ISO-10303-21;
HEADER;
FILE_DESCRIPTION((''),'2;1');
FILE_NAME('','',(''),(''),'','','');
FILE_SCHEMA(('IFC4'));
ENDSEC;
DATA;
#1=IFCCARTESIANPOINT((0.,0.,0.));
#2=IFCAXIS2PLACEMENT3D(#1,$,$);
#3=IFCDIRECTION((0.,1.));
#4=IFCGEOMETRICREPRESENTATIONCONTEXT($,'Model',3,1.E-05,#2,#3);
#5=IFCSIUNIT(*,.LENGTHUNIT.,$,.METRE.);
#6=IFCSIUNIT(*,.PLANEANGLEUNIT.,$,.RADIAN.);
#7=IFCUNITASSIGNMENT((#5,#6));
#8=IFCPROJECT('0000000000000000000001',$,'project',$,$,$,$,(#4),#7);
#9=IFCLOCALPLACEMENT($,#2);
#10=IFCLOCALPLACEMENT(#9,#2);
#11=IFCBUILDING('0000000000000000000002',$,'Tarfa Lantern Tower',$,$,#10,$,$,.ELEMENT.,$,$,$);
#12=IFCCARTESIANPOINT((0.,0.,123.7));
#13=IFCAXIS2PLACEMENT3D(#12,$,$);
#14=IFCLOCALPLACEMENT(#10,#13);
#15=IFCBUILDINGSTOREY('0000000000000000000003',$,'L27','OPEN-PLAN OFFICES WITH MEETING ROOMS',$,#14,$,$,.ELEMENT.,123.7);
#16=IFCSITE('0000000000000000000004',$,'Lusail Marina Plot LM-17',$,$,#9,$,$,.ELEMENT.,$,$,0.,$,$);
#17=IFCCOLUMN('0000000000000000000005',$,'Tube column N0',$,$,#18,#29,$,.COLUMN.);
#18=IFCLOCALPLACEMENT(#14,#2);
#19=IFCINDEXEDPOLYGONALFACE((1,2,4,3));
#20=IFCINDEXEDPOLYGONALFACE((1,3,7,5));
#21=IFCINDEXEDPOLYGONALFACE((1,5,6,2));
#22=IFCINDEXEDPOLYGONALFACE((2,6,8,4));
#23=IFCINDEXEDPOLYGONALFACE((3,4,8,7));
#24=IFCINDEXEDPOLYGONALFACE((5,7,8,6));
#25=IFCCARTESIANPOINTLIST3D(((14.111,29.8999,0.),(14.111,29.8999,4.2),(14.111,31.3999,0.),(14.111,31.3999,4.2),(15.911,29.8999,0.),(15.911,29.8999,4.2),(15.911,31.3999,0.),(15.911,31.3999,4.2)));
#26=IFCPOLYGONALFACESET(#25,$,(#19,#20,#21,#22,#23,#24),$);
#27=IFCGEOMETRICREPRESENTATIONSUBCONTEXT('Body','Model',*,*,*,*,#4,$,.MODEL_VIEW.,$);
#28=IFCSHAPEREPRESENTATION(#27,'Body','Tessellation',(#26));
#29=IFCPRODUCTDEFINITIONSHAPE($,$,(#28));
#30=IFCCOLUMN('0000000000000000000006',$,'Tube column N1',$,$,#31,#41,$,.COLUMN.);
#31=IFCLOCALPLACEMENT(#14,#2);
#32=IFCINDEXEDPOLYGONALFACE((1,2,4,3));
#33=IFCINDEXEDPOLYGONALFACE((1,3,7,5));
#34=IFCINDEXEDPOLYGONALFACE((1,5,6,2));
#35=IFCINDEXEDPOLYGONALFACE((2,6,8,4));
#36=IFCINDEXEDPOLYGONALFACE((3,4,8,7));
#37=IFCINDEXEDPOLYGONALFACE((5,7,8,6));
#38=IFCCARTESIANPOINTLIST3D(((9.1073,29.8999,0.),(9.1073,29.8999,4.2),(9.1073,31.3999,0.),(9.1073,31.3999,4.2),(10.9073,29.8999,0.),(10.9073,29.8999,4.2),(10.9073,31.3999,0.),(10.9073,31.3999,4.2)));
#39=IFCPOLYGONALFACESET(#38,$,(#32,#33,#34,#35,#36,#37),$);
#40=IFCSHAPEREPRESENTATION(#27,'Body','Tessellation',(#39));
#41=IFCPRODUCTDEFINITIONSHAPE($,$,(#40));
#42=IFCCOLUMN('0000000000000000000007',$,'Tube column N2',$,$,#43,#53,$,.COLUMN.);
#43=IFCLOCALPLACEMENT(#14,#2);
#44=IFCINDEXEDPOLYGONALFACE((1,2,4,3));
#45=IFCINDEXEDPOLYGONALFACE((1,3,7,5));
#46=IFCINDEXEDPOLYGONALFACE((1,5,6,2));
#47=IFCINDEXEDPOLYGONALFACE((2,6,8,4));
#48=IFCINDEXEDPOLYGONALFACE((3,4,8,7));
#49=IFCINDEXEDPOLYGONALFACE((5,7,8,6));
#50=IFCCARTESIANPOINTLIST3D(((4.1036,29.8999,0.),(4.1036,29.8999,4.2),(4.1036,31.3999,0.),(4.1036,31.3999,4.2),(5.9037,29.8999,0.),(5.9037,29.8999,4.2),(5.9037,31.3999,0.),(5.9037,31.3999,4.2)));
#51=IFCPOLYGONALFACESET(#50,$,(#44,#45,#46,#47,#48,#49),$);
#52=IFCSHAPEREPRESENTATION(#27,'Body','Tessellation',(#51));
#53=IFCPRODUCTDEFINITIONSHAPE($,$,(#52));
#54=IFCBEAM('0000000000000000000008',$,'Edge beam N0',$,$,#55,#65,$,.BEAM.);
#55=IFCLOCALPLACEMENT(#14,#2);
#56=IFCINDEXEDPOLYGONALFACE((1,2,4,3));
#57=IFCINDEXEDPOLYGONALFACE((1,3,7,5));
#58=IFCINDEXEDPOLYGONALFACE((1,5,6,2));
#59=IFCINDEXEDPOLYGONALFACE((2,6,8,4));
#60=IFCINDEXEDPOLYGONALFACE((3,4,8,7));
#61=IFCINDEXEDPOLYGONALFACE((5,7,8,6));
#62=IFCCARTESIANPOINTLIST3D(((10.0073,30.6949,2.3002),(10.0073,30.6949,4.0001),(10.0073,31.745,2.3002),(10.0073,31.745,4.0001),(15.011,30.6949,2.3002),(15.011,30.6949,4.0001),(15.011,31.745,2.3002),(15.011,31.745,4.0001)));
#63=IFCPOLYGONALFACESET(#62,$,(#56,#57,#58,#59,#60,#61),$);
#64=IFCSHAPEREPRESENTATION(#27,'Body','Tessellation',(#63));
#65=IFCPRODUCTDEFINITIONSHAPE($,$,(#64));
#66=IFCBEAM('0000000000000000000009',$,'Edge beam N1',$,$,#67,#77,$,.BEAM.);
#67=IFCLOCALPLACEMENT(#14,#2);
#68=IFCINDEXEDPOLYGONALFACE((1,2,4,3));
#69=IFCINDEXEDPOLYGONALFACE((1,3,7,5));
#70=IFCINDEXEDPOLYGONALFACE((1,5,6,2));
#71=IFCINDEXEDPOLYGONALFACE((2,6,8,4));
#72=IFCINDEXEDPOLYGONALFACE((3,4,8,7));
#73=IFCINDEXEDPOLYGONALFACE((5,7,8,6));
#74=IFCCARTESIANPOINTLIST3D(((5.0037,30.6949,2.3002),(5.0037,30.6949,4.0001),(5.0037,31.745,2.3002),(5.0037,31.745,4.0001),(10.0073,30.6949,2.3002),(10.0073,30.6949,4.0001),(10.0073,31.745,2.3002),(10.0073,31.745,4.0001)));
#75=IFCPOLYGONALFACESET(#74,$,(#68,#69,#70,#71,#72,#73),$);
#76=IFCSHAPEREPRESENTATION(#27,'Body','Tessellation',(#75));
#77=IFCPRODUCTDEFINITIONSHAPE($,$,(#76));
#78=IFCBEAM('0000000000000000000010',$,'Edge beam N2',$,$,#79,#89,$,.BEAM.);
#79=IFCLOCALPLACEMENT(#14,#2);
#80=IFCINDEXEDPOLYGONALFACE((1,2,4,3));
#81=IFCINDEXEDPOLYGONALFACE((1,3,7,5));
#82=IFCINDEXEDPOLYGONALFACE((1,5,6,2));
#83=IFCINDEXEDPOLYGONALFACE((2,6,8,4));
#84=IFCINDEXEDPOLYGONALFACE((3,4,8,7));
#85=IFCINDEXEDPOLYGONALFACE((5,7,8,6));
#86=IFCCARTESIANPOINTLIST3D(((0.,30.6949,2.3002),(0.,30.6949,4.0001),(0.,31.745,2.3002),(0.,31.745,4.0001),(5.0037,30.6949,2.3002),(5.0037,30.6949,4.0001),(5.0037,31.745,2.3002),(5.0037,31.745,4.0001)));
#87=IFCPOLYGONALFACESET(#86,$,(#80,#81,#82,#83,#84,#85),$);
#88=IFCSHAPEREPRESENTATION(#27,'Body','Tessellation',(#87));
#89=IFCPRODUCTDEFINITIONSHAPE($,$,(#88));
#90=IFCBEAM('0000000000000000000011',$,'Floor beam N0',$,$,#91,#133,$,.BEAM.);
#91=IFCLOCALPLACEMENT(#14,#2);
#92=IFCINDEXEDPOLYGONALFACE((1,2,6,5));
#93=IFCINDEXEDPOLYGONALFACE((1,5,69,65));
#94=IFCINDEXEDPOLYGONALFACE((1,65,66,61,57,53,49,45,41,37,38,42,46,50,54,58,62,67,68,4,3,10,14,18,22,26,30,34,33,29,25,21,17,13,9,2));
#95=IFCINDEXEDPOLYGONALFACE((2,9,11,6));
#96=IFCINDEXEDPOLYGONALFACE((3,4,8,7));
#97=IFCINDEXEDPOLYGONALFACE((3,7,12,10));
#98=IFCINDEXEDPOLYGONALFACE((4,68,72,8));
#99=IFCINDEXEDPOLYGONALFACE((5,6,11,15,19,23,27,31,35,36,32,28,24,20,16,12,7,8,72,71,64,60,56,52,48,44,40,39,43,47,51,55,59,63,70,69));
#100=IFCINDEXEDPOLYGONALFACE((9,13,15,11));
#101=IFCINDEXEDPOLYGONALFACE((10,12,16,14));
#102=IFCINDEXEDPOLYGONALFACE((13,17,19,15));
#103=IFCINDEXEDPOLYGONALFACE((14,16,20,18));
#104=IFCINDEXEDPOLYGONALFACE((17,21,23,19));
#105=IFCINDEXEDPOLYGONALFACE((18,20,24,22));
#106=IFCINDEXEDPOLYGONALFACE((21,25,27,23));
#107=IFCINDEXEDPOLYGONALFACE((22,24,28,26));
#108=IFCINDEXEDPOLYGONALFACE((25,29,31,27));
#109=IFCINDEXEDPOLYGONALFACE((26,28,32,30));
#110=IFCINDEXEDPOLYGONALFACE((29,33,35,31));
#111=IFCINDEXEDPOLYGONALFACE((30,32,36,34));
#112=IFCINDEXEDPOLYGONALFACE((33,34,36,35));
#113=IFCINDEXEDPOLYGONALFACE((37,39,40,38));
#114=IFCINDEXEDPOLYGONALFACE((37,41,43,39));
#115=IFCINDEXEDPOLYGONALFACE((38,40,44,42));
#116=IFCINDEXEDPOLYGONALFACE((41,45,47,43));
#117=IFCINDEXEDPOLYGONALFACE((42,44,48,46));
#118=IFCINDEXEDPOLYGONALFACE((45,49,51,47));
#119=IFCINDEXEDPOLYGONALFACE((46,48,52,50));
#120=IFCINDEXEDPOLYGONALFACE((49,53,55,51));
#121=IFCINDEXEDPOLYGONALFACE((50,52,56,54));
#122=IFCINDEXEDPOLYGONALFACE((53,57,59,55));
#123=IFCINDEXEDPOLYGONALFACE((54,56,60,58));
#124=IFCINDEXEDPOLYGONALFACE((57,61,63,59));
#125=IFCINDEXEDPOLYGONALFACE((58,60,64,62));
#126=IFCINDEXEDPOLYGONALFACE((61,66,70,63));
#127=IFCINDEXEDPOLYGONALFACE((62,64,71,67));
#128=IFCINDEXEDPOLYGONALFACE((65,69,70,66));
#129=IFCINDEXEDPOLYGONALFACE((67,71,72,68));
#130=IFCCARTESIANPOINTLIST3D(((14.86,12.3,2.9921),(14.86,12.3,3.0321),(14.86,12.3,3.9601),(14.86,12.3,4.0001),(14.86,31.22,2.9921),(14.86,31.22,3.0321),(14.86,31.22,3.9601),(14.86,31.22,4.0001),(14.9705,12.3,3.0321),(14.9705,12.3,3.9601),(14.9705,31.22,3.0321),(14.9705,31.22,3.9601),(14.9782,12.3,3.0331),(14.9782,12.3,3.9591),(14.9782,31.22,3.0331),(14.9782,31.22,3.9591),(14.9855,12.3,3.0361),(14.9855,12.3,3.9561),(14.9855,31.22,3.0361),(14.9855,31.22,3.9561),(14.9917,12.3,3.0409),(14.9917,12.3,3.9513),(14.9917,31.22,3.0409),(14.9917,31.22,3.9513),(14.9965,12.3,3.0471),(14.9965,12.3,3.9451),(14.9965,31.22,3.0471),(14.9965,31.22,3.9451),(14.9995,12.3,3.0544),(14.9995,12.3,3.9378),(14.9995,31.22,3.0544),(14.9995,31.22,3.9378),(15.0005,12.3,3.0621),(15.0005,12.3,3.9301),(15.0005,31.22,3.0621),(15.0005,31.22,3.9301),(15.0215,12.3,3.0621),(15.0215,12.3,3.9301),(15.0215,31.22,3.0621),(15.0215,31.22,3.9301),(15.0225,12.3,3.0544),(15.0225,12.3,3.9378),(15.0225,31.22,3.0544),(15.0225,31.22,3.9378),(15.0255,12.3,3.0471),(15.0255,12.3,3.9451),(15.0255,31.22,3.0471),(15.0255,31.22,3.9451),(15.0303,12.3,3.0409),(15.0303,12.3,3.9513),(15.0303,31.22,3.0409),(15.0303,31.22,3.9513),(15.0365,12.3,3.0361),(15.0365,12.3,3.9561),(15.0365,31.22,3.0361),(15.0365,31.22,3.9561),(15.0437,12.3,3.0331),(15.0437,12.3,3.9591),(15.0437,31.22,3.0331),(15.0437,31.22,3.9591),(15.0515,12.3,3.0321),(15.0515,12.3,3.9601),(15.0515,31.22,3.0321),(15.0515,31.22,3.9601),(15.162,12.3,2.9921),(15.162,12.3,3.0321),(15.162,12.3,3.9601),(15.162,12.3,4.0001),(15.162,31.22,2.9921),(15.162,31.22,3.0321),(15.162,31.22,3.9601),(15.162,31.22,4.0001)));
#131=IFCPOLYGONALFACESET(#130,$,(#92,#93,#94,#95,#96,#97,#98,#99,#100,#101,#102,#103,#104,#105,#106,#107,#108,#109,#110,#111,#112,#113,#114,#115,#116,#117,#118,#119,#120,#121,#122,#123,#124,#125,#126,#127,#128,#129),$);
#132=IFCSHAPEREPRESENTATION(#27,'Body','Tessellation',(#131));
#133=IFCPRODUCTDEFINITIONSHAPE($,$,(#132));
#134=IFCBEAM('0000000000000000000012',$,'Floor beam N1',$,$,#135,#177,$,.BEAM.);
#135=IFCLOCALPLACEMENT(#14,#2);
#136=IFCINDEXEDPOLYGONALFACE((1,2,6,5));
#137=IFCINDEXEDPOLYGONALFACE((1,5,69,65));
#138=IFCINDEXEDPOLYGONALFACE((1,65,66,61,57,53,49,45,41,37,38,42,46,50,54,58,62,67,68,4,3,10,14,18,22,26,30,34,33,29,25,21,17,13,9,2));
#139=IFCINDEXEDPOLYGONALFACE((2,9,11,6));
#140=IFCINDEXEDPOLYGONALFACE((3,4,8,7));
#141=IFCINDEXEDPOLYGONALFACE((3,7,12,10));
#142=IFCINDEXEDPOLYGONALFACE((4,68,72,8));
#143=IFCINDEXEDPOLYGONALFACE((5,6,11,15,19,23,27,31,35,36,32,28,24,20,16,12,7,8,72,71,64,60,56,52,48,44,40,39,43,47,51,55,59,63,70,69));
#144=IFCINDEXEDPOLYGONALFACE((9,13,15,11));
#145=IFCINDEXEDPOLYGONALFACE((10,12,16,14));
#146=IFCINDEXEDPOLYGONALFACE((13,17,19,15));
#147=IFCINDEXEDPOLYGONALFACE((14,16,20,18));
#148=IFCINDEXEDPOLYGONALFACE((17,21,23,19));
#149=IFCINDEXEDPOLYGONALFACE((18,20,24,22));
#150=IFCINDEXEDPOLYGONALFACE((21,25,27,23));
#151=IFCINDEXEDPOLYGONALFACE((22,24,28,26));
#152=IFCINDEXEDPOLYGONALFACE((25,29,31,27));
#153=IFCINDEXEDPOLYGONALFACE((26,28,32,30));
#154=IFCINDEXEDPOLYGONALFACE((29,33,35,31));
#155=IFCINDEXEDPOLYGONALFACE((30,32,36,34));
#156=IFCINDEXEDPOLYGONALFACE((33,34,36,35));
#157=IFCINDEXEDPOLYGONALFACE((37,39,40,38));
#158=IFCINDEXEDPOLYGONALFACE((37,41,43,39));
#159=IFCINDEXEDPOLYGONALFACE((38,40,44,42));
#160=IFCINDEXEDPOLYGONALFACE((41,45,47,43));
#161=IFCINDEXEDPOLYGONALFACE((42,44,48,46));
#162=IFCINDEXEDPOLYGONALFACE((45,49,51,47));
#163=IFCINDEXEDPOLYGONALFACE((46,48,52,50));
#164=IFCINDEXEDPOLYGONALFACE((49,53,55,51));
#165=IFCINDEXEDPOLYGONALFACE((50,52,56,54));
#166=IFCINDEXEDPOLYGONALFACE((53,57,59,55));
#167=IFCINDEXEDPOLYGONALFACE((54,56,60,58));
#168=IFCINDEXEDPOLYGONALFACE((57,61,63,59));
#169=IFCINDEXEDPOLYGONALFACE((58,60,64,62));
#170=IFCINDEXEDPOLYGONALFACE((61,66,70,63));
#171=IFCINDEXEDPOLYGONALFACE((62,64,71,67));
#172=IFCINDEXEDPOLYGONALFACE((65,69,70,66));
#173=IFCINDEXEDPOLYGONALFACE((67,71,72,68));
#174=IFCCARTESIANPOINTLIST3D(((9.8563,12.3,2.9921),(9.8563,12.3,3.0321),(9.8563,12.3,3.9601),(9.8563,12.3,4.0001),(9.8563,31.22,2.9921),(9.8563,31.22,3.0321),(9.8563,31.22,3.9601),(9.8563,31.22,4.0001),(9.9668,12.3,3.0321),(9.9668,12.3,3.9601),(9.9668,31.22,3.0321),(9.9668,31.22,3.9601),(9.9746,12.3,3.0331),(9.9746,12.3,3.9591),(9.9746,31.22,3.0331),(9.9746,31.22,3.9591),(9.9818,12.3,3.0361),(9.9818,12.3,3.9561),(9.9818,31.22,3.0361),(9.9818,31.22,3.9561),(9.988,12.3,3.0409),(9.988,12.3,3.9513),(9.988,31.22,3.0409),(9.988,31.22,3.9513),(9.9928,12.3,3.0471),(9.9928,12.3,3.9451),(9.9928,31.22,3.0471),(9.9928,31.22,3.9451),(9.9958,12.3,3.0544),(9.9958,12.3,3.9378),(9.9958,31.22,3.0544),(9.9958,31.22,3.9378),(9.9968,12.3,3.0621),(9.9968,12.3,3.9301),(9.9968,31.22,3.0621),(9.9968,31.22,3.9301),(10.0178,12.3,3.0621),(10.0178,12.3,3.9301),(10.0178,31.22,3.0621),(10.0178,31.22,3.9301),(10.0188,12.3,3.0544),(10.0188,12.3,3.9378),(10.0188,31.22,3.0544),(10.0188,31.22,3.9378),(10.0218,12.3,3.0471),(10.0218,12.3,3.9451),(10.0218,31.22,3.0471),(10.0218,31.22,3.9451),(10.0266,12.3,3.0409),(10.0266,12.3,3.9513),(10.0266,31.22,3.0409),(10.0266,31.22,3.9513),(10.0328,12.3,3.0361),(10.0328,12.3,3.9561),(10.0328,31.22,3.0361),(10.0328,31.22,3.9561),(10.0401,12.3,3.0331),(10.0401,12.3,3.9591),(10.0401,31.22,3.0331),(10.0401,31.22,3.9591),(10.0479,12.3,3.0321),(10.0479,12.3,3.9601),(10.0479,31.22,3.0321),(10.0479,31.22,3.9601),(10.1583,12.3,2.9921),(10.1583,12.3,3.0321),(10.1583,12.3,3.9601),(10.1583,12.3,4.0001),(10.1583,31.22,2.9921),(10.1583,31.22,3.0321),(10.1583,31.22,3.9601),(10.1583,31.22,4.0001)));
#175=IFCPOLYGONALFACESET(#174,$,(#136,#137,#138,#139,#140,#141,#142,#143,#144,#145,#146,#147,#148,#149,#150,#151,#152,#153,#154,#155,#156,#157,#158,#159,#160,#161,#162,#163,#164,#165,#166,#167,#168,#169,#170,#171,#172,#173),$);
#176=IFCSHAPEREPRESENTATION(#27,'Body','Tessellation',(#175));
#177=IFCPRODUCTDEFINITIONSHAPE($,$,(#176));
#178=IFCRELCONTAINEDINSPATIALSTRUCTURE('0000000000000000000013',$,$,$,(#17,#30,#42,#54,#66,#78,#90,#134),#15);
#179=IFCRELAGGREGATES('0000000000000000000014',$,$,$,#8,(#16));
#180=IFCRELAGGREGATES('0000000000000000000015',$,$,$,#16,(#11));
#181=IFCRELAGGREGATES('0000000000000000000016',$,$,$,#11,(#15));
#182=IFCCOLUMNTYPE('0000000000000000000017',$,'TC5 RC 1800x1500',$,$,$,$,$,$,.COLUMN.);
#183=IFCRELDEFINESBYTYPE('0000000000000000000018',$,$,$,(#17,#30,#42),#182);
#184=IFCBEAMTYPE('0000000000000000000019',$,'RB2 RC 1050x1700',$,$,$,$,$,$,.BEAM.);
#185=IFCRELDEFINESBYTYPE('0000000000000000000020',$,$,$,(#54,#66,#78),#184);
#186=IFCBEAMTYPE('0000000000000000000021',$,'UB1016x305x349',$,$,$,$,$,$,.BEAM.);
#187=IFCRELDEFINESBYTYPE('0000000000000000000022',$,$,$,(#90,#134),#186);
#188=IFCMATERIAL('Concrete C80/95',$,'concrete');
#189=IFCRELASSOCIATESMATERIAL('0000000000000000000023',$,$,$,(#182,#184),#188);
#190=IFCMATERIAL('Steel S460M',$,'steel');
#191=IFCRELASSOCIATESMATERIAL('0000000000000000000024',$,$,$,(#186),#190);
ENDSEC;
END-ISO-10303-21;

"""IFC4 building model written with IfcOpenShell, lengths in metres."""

from ifc_helpers import new_model, si_unit, direction, frame, origin, origin_2d, place, context, subcontext, project, spatial, rectangle, i_section, extrude, material, material_profile, profile_set, type_object, element, save


model = new_model("IFC4")

# Units and contexts
model_context = context("Model", 3, precision=1e-05, world=origin(), true_north=direction((0.0, 1.0)))
body_context = subcontext(model_context, "Body", "Model", "MODEL_VIEW")
ifc_project = project(units=[si_unit("LENGTHUNIT", "METRE"), si_unit("PLANEANGLEUNIT", "RADIAN")], contexts=[model_context])

# Site, building, storey
site_placement = place(None, origin())
site = spatial("IfcSite", under=ifc_project, at=site_placement, Name="Lusail Marina Plot LM-17", CompositionType="ELEMENT", RefElevation=0.0)
building_placement = place(site_placement, origin())
building = spatial("IfcBuilding", under=site, at=building_placement, Name="Tarfa Lantern Tower", CompositionType="ELEMENT")
storey_placement = place(building_placement, frame((0.0, 0.0, 123.7)))
storey = spatial("IfcBuildingStorey", under=building, at=storey_placement, Name="L27", Description="OPEN-PLAN OFFICES WITH MEETING ROOMS", CompositionType="ELEMENT", Elevation=123.7)

# Columns
ifc_material_1 = material(Name="Concrete C80/95", Category="concrete")
ifc_material_profile_1 = material_profile(ifc_material_1, rectangle(XDim=1.8, YDim=1.5, at=origin_2d()), Name="RC 1800x1500")
ifc_profile_set_1 = profile_set([ifc_material_profile_1], Name="Concrete C80/95")
column_type = type_object("IfcColumnType", Name="TC5 RC 1800x1500", PredefinedType="COLUMN", material=ifc_profile_set_1)
for number, where, z_axis, x_axis, name in (
    (1, (15.011, 30.6499, 0.0), (0.0, 0.0, 1.0), (-1.0, 0.0, 0.0), "Tube column N0"),
    (2, (10.0073, 30.6499, 0.0), (0.0, 0.0, 1.0), (-1.0, 0.0, 0.0), "Tube column N1"),
    (3, (5.0037, 30.6499, 0.0), (0.0, 0.0, 1.0), (-1.0, 0.0, 0.0), "Tube column N2"),
):
    element("IfcColumn", number, at=place(storey_placement, frame(where, z_axis=z_axis, x_axis=x_axis)), inside=storey, type_object=column_type, Name=name, PredefinedType="COLUMN", context=body_context, shape_type="SweptSolid", body=[
        extrude(rectangle(XDim=1.8, YDim=1.5, at=origin_2d()), origin(), (0.0, 0.0, 1.0), 4.2),
    ])

# Beams
ifc_material_profile_2 = material_profile(ifc_material_1, rectangle(XDim=1.05, YDim=1.7, at=origin_2d()), Name="RC 1050x1700")
ifc_profile_set_2 = profile_set([ifc_material_profile_2], Name="Concrete C80/95")
beam_type_1 = type_object("IfcBeamType", Name="RB2 RC 1050x1700", PredefinedType="BEAM", material=ifc_profile_set_2)
for number, where, z_axis, x_axis, name in (
    (4, (15.011, 31.22, 3.1501), (-1.0, 0.0, 0.0), (0.0, -1.0, 0.0), "Edge beam N0"),
    (5, (10.0073, 31.22, 3.1501), (-1.0, 0.0, 0.0), (0.0, -1.0, 0.0), "Edge beam N1"),
    (6, (5.0037, 31.22, 3.1501), (-1.0, 0.0, 0.0), (0.0, -1.0, 0.0), "Edge beam N2"),
):
    element("IfcBeam", number, at=place(storey_placement, frame(where, z_axis=z_axis, x_axis=x_axis)), inside=storey, type_object=beam_type_1, Name=name, PredefinedType="BEAM", context=body_context, shape_type="SweptSolid", body=[
        extrude(rectangle(XDim=1.05, YDim=1.7, at=origin_2d()), origin(), (0.0, 0.0, 1.0), 5.0037),
    ])
ifc_material_2 = material(Name="Steel S460M", Category="steel")
ifc_material_profile_3 = material_profile(ifc_material_2, i_section(OverallWidth=0.302, OverallDepth=1.0081, WebThickness=0.021, FlangeThickness=0.04, FilletRadius=0.03, at=origin_2d()), Name="UB1016x305x349")
ifc_profile_set_3 = profile_set([ifc_material_profile_3], Name="Steel S460M")
beam_type_2 = type_object("IfcBeamType", Name="UB1016x305x349", PredefinedType="BEAM", material=ifc_profile_set_3)
for number, where, z_axis, x_axis, name in (
    (7, (15.011, 31.22, 3.4961), (0.0, -1.0, 0.0), (1.0, 0.0, 0.0), "Floor beam N0"),
    (8, (10.0073, 31.22, 3.4961), (0.0, -1.0, 0.0), (1.0, 0.0, 0.0), "Floor beam N1"),
):
    element("IfcBeam", number, at=place(storey_placement, frame(where, z_axis=z_axis, x_axis=x_axis)), inside=storey, type_object=beam_type_2, Name=name, PredefinedType="BEAM", context=body_context, shape_type="SweptSolid", body=[
        extrude(i_section(OverallWidth=0.302, OverallDepth=1.0081, WebThickness=0.021, FlangeThickness=0.04, FilletRadius=0.03, at=origin_2d()), origin(), (0.0, 0.0, 1.0), 18.9199),
    ])

save(model, "model.ifc")
